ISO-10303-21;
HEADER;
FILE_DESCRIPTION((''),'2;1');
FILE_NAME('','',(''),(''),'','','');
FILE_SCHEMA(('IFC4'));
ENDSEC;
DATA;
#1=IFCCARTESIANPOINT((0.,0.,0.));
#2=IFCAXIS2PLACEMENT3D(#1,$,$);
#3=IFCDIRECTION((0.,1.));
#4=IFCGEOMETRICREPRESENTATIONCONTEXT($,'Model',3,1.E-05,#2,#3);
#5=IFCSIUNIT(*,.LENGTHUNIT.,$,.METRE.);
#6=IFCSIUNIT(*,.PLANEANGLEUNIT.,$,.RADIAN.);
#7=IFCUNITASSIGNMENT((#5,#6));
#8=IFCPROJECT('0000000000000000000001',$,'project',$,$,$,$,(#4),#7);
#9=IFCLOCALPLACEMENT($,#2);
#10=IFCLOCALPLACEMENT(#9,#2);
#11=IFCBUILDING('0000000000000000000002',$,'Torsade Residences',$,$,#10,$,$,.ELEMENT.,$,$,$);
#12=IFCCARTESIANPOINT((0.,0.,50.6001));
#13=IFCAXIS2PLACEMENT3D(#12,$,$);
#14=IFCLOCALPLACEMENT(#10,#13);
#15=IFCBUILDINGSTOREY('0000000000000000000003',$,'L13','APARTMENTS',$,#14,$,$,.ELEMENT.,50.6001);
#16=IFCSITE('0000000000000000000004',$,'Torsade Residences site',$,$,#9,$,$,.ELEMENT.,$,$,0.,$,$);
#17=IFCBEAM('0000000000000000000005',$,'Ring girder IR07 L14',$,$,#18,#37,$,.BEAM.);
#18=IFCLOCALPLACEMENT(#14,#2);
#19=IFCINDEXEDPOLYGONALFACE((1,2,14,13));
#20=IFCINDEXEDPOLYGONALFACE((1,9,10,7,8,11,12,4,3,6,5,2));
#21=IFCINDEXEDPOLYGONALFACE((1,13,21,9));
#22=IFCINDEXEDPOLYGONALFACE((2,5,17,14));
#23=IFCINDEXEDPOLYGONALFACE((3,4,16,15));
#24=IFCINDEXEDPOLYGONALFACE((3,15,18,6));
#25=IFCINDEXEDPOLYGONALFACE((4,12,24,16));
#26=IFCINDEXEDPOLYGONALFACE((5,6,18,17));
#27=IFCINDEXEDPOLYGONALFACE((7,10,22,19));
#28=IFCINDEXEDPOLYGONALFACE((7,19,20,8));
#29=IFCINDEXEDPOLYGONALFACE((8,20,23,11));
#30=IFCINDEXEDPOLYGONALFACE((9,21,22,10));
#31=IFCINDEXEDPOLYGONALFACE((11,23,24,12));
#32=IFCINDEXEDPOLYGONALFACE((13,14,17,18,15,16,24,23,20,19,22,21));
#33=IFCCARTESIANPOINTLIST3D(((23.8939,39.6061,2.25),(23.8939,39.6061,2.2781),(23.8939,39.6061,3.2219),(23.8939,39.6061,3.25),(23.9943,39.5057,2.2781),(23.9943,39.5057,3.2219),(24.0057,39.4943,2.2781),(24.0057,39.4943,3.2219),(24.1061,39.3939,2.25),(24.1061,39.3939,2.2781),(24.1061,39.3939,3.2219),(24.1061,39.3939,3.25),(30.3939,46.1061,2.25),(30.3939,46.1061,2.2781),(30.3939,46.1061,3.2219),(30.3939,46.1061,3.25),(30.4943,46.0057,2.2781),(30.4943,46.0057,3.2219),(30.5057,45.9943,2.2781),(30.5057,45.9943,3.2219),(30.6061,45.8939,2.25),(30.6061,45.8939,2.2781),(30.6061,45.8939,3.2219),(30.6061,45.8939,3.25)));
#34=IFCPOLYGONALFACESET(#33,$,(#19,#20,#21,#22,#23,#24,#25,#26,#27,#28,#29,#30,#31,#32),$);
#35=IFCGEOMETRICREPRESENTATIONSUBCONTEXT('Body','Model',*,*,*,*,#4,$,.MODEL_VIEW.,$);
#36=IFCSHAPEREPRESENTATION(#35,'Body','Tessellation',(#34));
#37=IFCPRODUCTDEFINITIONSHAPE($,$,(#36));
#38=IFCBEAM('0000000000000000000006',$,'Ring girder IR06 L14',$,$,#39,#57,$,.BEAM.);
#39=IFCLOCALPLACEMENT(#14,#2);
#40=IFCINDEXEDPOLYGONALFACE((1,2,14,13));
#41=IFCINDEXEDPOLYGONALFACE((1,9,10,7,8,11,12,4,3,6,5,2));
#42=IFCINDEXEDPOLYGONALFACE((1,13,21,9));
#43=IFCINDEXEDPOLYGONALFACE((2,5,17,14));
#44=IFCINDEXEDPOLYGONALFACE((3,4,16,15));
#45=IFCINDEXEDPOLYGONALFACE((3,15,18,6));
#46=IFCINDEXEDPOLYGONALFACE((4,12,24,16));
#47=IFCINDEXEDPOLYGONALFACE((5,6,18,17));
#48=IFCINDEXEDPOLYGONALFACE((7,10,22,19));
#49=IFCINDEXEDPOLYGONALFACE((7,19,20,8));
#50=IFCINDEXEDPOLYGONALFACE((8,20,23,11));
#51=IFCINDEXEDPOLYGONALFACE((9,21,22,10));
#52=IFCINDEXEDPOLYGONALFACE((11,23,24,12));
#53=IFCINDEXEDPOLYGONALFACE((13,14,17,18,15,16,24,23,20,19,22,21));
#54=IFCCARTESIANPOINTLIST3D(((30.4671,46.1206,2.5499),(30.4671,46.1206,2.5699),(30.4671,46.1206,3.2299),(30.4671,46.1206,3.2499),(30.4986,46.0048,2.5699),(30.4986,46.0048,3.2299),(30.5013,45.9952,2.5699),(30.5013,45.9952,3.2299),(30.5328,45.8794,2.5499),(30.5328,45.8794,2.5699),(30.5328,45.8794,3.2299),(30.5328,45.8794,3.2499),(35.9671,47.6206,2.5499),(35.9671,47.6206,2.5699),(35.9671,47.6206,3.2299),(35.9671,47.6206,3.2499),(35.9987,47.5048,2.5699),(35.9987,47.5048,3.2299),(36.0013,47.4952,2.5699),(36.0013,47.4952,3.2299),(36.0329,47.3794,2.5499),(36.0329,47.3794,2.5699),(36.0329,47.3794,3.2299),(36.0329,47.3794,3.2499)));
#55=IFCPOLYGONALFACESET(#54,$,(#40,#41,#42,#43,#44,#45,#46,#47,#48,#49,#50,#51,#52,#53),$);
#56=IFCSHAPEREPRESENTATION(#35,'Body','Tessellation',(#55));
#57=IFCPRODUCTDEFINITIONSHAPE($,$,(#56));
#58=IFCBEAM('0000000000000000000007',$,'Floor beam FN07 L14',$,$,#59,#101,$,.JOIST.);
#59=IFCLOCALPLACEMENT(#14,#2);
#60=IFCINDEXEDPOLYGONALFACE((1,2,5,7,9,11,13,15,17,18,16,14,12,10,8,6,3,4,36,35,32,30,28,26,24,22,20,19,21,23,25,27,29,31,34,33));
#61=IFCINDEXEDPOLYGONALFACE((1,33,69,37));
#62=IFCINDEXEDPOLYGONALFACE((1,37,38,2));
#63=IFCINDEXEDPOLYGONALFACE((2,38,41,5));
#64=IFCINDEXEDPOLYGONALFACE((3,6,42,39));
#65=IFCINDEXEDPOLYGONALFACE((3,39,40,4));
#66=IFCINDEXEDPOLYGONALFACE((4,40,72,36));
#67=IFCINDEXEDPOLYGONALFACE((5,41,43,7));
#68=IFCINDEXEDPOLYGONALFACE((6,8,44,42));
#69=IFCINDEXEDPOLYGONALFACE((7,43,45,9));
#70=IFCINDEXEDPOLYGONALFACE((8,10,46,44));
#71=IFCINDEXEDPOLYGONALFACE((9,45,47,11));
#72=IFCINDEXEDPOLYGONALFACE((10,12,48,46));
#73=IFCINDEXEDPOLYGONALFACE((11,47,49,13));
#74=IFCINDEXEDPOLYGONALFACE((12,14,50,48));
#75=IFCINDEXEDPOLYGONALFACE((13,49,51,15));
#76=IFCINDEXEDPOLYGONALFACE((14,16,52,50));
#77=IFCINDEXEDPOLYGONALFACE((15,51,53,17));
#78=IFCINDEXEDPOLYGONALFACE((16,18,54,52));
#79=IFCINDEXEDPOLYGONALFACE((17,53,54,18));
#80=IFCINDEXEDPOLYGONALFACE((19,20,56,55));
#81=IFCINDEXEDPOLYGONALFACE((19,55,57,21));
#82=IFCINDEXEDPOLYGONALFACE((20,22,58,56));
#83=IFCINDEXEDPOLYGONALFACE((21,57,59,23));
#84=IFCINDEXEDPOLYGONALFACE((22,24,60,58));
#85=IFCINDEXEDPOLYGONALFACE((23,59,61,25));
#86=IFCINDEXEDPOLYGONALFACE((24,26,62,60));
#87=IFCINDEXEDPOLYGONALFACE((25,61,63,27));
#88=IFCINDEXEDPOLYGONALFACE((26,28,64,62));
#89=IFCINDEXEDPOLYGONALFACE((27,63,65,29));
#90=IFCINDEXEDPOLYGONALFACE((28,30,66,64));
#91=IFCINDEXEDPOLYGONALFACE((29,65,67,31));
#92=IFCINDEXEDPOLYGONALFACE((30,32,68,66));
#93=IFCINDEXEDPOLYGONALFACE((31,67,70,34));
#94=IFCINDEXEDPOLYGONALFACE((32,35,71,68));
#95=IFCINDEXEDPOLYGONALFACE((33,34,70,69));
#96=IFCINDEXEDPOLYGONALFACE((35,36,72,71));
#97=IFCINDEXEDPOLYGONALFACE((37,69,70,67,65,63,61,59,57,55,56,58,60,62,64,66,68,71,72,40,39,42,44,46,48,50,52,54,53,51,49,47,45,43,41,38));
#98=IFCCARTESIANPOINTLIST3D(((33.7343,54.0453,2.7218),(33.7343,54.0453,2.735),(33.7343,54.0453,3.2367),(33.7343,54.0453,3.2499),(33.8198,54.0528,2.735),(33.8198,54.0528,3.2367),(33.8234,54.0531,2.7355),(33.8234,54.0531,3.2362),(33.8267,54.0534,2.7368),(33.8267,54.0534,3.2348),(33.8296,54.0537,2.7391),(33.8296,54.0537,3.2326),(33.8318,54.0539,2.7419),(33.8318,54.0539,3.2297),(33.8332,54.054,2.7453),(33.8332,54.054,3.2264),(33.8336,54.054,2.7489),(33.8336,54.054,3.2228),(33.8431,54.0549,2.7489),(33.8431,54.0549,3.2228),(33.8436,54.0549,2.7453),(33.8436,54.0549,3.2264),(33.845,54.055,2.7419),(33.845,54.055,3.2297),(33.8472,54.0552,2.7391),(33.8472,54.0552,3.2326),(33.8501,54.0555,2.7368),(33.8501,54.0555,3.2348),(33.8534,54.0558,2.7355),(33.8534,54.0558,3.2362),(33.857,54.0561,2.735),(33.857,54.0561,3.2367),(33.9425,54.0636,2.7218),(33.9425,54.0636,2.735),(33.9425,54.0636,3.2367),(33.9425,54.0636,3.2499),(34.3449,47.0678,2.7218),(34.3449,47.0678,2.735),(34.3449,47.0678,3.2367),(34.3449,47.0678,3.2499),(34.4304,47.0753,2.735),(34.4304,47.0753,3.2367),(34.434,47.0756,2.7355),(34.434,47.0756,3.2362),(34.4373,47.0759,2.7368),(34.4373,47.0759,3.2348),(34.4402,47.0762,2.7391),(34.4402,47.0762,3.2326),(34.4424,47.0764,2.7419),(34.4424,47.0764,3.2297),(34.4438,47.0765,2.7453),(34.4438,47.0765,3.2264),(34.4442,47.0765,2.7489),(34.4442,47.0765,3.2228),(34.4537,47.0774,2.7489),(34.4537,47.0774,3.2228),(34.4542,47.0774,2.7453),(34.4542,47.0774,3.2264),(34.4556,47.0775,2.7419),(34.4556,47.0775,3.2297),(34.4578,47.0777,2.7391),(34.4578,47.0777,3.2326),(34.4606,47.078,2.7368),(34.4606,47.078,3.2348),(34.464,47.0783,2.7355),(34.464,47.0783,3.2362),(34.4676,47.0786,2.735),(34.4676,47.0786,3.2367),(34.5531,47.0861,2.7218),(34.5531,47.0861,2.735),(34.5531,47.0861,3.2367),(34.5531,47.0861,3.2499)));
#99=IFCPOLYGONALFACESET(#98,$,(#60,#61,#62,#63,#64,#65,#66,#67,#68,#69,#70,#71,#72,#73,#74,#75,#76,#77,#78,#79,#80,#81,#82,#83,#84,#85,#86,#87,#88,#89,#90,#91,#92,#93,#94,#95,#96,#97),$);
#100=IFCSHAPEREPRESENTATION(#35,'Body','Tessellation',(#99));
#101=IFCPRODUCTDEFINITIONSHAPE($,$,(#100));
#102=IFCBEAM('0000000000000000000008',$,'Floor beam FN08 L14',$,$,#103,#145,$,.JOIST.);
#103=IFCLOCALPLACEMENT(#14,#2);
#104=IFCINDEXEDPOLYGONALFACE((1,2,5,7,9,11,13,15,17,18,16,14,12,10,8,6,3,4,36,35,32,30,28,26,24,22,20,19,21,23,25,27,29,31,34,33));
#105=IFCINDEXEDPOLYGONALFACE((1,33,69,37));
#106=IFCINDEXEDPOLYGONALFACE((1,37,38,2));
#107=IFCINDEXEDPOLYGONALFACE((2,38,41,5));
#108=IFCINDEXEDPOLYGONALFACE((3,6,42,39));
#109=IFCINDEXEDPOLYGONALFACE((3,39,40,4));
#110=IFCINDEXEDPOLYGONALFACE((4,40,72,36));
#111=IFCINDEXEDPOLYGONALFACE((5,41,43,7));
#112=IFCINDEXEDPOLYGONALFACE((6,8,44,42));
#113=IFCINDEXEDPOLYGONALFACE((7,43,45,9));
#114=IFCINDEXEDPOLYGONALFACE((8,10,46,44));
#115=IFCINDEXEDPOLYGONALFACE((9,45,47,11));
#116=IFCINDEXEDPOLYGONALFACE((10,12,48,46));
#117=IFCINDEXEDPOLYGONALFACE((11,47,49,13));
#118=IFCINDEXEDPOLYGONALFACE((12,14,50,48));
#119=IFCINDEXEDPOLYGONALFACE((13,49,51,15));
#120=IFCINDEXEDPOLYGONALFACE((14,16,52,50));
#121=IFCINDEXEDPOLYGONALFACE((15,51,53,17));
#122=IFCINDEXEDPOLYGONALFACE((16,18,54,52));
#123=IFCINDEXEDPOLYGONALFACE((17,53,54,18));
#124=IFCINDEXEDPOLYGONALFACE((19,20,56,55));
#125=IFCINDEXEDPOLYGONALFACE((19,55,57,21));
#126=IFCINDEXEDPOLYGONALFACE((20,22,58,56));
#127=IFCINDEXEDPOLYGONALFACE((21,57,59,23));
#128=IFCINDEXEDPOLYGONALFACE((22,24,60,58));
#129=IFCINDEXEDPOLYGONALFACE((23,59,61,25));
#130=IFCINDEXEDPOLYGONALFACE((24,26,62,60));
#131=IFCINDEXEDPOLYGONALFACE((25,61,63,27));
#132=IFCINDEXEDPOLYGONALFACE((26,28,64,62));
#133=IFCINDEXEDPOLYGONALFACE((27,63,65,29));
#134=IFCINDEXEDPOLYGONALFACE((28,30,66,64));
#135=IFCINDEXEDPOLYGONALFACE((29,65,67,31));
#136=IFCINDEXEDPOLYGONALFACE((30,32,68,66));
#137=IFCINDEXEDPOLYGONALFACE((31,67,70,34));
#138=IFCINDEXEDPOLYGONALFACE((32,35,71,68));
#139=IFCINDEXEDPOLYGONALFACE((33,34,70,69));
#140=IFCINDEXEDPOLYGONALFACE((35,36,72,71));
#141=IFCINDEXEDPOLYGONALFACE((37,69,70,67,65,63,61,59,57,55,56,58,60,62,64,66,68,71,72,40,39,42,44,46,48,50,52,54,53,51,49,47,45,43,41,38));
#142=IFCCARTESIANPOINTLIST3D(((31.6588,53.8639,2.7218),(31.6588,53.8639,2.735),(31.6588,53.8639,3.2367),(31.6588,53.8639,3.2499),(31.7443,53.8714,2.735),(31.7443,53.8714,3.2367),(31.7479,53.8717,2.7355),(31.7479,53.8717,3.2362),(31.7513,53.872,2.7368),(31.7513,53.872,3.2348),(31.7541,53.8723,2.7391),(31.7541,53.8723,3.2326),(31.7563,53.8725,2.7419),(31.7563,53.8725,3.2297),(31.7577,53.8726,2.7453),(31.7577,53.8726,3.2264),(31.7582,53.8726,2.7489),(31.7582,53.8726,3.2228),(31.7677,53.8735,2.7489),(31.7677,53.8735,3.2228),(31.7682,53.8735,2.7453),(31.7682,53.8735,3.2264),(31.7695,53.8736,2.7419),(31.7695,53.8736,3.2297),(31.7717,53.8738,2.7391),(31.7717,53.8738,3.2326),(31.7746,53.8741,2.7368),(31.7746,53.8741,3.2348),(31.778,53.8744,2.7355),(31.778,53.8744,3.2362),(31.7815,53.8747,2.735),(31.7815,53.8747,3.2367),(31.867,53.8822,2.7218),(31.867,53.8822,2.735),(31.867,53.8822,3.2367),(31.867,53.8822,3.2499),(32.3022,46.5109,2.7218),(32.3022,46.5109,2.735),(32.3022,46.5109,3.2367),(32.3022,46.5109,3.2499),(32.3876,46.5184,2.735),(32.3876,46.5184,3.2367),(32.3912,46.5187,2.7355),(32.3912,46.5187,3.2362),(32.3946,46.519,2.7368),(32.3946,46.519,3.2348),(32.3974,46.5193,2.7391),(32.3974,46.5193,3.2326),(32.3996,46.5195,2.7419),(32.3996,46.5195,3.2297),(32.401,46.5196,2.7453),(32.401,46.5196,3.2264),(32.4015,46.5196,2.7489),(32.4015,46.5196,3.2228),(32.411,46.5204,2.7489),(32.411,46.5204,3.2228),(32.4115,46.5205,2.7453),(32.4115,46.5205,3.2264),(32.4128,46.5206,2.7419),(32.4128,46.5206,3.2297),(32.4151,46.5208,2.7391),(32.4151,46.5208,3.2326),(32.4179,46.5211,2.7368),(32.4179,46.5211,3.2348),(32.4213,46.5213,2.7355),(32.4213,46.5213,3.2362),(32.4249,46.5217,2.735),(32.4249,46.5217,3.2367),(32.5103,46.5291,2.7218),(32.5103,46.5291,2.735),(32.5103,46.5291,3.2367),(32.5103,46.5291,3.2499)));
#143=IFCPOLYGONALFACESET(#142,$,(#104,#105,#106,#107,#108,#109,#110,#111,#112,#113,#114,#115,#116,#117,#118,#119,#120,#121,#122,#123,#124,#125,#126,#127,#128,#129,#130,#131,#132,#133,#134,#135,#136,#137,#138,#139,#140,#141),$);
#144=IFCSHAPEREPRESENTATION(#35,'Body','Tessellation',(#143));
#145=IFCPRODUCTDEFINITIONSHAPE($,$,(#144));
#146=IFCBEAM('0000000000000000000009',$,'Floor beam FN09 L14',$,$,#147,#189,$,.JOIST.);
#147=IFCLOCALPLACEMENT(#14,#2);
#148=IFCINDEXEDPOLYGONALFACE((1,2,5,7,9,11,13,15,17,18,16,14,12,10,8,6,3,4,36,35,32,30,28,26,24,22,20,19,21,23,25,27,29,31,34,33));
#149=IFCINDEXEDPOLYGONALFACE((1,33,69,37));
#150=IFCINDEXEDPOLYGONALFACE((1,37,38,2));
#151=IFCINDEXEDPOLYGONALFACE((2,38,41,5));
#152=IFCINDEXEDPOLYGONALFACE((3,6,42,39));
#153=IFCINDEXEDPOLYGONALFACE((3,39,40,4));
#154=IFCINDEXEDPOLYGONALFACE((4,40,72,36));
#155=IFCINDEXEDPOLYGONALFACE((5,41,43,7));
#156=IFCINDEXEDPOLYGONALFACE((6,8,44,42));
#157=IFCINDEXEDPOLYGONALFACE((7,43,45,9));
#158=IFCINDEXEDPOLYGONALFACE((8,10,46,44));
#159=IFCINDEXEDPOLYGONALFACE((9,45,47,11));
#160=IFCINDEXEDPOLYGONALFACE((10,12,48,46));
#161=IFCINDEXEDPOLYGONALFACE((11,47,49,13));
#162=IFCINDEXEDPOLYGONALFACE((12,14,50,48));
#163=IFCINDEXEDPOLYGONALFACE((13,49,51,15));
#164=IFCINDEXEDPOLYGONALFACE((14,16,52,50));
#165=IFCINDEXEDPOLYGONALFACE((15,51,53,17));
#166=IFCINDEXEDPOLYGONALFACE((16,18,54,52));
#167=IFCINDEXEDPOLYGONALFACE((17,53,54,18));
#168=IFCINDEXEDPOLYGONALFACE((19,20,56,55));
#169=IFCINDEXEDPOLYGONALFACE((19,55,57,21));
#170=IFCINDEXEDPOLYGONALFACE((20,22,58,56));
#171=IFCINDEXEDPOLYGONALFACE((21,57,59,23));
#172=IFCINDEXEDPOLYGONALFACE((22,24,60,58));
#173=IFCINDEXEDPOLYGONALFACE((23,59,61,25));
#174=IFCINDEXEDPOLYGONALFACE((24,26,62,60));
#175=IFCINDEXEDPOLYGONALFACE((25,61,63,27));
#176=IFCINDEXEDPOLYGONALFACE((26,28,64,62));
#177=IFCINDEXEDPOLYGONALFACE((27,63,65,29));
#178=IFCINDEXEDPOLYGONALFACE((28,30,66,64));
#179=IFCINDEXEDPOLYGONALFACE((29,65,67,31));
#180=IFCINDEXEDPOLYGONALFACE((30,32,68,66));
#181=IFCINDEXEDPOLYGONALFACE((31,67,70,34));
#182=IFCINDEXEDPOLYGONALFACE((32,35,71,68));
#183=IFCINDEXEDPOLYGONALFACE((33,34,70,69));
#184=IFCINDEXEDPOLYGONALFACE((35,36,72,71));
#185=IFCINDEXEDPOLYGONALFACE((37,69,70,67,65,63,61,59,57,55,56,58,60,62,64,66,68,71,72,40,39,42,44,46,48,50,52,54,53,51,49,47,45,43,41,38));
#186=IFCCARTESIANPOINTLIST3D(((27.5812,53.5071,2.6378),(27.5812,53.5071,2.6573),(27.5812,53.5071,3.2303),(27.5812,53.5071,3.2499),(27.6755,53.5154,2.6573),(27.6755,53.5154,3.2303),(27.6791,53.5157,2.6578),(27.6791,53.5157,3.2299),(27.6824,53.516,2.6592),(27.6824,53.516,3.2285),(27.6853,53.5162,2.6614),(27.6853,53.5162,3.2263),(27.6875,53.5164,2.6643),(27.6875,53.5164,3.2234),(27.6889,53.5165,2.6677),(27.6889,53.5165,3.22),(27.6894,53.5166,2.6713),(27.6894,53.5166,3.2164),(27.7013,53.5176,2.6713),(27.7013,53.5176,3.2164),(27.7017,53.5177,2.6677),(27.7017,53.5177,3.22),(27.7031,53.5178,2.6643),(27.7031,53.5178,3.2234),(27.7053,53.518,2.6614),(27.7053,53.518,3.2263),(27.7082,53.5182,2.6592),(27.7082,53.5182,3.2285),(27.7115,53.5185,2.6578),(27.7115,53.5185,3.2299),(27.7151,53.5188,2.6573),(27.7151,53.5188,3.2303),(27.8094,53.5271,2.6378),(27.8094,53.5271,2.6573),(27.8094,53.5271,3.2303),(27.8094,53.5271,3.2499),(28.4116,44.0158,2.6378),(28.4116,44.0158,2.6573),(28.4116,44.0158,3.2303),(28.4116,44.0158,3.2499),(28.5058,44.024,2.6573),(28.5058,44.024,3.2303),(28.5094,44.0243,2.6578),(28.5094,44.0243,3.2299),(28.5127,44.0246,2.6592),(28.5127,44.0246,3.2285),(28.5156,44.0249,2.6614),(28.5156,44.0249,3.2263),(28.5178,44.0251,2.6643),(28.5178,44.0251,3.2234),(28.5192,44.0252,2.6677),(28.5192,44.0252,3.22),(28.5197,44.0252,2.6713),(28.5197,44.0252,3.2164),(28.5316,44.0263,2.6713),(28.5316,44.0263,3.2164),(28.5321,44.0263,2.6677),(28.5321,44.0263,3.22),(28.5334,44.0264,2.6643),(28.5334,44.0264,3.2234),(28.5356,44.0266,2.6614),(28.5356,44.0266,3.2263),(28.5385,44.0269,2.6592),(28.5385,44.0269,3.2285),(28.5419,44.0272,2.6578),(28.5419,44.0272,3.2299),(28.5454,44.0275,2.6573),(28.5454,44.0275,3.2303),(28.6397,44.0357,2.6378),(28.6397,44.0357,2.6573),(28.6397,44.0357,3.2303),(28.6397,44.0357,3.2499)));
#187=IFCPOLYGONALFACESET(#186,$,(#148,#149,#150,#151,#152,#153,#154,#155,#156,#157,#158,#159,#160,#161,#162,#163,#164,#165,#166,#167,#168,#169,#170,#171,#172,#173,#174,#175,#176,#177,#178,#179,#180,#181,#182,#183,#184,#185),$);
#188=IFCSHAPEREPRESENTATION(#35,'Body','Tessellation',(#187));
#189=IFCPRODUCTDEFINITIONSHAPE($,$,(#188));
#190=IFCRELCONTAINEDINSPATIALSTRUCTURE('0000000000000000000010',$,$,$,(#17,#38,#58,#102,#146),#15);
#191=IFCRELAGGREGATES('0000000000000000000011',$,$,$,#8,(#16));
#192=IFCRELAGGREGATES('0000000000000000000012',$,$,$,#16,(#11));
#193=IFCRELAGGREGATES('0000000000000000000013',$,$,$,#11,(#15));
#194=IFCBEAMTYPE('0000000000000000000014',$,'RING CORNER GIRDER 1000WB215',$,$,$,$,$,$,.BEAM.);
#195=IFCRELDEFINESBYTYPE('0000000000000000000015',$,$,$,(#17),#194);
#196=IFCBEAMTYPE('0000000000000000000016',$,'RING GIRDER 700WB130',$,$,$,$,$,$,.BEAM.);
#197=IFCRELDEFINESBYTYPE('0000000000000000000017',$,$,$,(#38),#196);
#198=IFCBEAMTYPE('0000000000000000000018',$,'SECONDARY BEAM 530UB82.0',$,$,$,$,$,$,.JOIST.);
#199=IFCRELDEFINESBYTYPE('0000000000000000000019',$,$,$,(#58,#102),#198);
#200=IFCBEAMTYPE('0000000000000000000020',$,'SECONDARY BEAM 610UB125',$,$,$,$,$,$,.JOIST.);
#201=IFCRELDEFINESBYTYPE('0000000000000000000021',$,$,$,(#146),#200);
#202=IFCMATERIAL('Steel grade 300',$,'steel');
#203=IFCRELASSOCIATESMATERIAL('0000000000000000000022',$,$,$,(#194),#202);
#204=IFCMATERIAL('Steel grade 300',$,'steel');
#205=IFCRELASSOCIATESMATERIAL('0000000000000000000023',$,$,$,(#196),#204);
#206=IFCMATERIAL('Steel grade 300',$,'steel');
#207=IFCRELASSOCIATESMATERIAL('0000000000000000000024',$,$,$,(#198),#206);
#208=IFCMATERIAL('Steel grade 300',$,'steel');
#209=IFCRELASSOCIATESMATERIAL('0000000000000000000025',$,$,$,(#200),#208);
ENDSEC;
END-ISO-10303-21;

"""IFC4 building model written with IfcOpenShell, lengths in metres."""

from ifc_helpers import new_model, si_unit, direction, frame, origin, origin_2d, place, context, subcontext, project, spatial, i_section, extrude, material, material_profile, profile_set, type_object, element, save


model = new_model("IFC4")

# Units and contexts
model_context = context("Model", 3, precision=1e-05, world=origin(), true_north=direction((0.0, 1.0)))
body_context = subcontext(model_context, "Body", "Model", "MODEL_VIEW")
ifc_project = project(units=[si_unit("LENGTHUNIT", "METRE"), si_unit("PLANEANGLEUNIT", "RADIAN")], contexts=[model_context])

# Site, building, storey
site_placement = place(None, origin())
site = spatial("IfcSite", under=ifc_project, at=site_placement, Name="Torsade Residences site", CompositionType="ELEMENT", RefElevation=0.0)
building_placement = place(site_placement, origin())
building = spatial("IfcBuilding", under=site, at=building_placement, Name="Torsade Residences", CompositionType="ELEMENT")
storey_placement = place(building_placement, frame((0.0, 0.0, 50.6001)))
storey = spatial("IfcBuildingStorey", under=building, at=storey_placement, Name="L13", Description="APARTMENTS", CompositionType="ELEMENT", Elevation=50.6001)

# Beams
ifc_material_1 = material(Name="Steel grade 300", Category="steel")
ifc_material_profile_1 = material_profile(ifc_material_1, i_section(OverallWidth=0.3, OverallDepth=1.0, WebThickness=0.0161, FlangeThickness=0.0281, at=origin_2d()), Name="1000WB215")
ifc_profile_set_1 = profile_set([ifc_material_profile_1], Name="Steel grade 300")
beam_type_1 = type_object("IfcBeamType", Name="RING CORNER GIRDER 1000WB215", PredefinedType="BEAM", material=ifc_profile_set_1)
beam_1_placement = place(storey_placement, frame((30.5, 46.0, 2.75), z_axis=(-0.707107, -0.707107, 0.0), x_axis=(0.707107, -0.707107, 0.0)))
element("IfcBeam", 1, at=beam_1_placement, inside=storey, type_object=beam_type_1, Name="Ring girder IR07 L14", PredefinedType="BEAM", context=body_context, shape_type="SweptSolid", body=[
    extrude(i_section(OverallWidth=0.3, OverallDepth=1.0, WebThickness=0.0161, FlangeThickness=0.0281, at=origin_2d()), origin(), (0.0, 0.0, 1.0), 9.1924),
])
ifc_material_2 = material(Name="Steel grade 300", Category="steel")
ifc_material_profile_2 = material_profile(ifc_material_2, i_section(OverallWidth=0.25, OverallDepth=0.7, WebThickness=0.01, FlangeThickness=0.02, at=origin_2d()), Name="700WB130")
ifc_profile_set_2 = profile_set([ifc_material_profile_2], Name="Steel grade 300")
beam_type_2 = type_object("IfcBeamType", Name="RING GIRDER 700WB130", PredefinedType="BEAM", material=ifc_profile_set_2)
beam_2_placement = place(storey_placement, frame((36.0, 47.5, 2.8999), z_axis=(-0.964764, -0.263117, 0.0), x_axis=(0.263117, -0.964764, 0.0)))
element("IfcBeam", 2, at=beam_2_placement, inside=storey, type_object=beam_type_2, Name="Ring girder IR06 L14", PredefinedType="BEAM", context=body_context, shape_type="SweptSolid", body=[
    extrude(i_section(OverallWidth=0.25, OverallDepth=0.7, WebThickness=0.01, FlangeThickness=0.02, at=origin_2d()), origin(), (0.0, 0.0, 1.0), 5.7009),
])
ifc_material_3 = material(Name="Steel grade 300", Category="steel")
ifc_material_profile_3 = material_profile(ifc_material_3, i_section(OverallWidth=0.209, OverallDepth=0.5281, WebThickness=0.0095, FlangeThickness=0.0132, FilletRadius=0.0139, at=origin_2d()), Name="530UB82.0")
ifc_profile_set_3 = profile_set([ifc_material_profile_3], Name="Steel grade 300")
beam_type_3 = type_object("IfcBeamType", Name="SECONDARY BEAM 530UB82.0", PredefinedType="JOIST", material=ifc_profile_set_3)
beam_3_placement = place(storey_placement, frame((33.8384, 54.0544, 2.9858), z_axis=(0.087176, -0.996193, 0.0), x_axis=(0.996193, 0.087176, 0.0)))
element("IfcBeam", 3, at=beam_3_placement, inside=storey, type_object=beam_type_3, Name="Floor beam FN07 L14", PredefinedType="JOIST", context=body_context, shape_type="SweptSolid", body=[
    extrude(i_section(OverallWidth=0.209, OverallDepth=0.5281, WebThickness=0.0095, FlangeThickness=0.0132, FilletRadius=0.0139, at=origin_2d()), origin(), (0.0, 0.0, 1.0), 7.0042),
])
beam_4_placement = place(storey_placement, frame((31.7629, 53.873, 2.9858), z_axis=(0.087156, -0.996195, 0.0), x_axis=(0.996195, 0.087156, 0.0)))
element("IfcBeam", 4, at=beam_4_placement, inside=storey, type_object=beam_type_3, Name="Floor beam FN08 L14", PredefinedType="JOIST", context=body_context, shape_type="SweptSolid", body=[
    extrude(i_section(OverallWidth=0.209, OverallDepth=0.5281, WebThickness=0.0095, FlangeThickness=0.0132, FilletRadius=0.0139, at=origin_2d()), origin(), (0.0, 0.0, 1.0), 7.3811),
])
ifc_material_4 = material(Name="Steel grade 300", Category="steel")
ifc_material_profile_4 = material_profile(ifc_material_4, i_section(OverallWidth=0.229, OverallDepth=0.6121, WebThickness=0.012, FlangeThickness=0.0195, FilletRadius=0.0139, at=origin_2d()), Name="610UB125")
ifc_profile_set_4 = profile_set([ifc_material_profile_4], Name="Steel grade 300")
beam_type_4 = type_object("IfcBeamType", Name="SECONDARY BEAM 610UB125", PredefinedType="JOIST", material=ifc_profile_set_4)
beam_5_placement = place(storey_placement, frame((27.6953, 53.5171, 2.9438), z_axis=(0.087148, -0.996195, 0.0), x_axis=(0.996195, 0.087148, 0.0)))
element("IfcBeam", 5, at=beam_5_placement, inside=storey, type_object=beam_type_4, Name="Floor beam FN09 L14", PredefinedType="JOIST", context=body_context, shape_type="SweptSolid", body=[
    extrude(i_section(OverallWidth=0.229, OverallDepth=0.6121, WebThickness=0.012, FlangeThickness=0.0195, FilletRadius=0.0139, at=origin_2d()), origin(), (0.0, 0.0, 1.0), 9.5276),
])

save(model, "model.ifc")
